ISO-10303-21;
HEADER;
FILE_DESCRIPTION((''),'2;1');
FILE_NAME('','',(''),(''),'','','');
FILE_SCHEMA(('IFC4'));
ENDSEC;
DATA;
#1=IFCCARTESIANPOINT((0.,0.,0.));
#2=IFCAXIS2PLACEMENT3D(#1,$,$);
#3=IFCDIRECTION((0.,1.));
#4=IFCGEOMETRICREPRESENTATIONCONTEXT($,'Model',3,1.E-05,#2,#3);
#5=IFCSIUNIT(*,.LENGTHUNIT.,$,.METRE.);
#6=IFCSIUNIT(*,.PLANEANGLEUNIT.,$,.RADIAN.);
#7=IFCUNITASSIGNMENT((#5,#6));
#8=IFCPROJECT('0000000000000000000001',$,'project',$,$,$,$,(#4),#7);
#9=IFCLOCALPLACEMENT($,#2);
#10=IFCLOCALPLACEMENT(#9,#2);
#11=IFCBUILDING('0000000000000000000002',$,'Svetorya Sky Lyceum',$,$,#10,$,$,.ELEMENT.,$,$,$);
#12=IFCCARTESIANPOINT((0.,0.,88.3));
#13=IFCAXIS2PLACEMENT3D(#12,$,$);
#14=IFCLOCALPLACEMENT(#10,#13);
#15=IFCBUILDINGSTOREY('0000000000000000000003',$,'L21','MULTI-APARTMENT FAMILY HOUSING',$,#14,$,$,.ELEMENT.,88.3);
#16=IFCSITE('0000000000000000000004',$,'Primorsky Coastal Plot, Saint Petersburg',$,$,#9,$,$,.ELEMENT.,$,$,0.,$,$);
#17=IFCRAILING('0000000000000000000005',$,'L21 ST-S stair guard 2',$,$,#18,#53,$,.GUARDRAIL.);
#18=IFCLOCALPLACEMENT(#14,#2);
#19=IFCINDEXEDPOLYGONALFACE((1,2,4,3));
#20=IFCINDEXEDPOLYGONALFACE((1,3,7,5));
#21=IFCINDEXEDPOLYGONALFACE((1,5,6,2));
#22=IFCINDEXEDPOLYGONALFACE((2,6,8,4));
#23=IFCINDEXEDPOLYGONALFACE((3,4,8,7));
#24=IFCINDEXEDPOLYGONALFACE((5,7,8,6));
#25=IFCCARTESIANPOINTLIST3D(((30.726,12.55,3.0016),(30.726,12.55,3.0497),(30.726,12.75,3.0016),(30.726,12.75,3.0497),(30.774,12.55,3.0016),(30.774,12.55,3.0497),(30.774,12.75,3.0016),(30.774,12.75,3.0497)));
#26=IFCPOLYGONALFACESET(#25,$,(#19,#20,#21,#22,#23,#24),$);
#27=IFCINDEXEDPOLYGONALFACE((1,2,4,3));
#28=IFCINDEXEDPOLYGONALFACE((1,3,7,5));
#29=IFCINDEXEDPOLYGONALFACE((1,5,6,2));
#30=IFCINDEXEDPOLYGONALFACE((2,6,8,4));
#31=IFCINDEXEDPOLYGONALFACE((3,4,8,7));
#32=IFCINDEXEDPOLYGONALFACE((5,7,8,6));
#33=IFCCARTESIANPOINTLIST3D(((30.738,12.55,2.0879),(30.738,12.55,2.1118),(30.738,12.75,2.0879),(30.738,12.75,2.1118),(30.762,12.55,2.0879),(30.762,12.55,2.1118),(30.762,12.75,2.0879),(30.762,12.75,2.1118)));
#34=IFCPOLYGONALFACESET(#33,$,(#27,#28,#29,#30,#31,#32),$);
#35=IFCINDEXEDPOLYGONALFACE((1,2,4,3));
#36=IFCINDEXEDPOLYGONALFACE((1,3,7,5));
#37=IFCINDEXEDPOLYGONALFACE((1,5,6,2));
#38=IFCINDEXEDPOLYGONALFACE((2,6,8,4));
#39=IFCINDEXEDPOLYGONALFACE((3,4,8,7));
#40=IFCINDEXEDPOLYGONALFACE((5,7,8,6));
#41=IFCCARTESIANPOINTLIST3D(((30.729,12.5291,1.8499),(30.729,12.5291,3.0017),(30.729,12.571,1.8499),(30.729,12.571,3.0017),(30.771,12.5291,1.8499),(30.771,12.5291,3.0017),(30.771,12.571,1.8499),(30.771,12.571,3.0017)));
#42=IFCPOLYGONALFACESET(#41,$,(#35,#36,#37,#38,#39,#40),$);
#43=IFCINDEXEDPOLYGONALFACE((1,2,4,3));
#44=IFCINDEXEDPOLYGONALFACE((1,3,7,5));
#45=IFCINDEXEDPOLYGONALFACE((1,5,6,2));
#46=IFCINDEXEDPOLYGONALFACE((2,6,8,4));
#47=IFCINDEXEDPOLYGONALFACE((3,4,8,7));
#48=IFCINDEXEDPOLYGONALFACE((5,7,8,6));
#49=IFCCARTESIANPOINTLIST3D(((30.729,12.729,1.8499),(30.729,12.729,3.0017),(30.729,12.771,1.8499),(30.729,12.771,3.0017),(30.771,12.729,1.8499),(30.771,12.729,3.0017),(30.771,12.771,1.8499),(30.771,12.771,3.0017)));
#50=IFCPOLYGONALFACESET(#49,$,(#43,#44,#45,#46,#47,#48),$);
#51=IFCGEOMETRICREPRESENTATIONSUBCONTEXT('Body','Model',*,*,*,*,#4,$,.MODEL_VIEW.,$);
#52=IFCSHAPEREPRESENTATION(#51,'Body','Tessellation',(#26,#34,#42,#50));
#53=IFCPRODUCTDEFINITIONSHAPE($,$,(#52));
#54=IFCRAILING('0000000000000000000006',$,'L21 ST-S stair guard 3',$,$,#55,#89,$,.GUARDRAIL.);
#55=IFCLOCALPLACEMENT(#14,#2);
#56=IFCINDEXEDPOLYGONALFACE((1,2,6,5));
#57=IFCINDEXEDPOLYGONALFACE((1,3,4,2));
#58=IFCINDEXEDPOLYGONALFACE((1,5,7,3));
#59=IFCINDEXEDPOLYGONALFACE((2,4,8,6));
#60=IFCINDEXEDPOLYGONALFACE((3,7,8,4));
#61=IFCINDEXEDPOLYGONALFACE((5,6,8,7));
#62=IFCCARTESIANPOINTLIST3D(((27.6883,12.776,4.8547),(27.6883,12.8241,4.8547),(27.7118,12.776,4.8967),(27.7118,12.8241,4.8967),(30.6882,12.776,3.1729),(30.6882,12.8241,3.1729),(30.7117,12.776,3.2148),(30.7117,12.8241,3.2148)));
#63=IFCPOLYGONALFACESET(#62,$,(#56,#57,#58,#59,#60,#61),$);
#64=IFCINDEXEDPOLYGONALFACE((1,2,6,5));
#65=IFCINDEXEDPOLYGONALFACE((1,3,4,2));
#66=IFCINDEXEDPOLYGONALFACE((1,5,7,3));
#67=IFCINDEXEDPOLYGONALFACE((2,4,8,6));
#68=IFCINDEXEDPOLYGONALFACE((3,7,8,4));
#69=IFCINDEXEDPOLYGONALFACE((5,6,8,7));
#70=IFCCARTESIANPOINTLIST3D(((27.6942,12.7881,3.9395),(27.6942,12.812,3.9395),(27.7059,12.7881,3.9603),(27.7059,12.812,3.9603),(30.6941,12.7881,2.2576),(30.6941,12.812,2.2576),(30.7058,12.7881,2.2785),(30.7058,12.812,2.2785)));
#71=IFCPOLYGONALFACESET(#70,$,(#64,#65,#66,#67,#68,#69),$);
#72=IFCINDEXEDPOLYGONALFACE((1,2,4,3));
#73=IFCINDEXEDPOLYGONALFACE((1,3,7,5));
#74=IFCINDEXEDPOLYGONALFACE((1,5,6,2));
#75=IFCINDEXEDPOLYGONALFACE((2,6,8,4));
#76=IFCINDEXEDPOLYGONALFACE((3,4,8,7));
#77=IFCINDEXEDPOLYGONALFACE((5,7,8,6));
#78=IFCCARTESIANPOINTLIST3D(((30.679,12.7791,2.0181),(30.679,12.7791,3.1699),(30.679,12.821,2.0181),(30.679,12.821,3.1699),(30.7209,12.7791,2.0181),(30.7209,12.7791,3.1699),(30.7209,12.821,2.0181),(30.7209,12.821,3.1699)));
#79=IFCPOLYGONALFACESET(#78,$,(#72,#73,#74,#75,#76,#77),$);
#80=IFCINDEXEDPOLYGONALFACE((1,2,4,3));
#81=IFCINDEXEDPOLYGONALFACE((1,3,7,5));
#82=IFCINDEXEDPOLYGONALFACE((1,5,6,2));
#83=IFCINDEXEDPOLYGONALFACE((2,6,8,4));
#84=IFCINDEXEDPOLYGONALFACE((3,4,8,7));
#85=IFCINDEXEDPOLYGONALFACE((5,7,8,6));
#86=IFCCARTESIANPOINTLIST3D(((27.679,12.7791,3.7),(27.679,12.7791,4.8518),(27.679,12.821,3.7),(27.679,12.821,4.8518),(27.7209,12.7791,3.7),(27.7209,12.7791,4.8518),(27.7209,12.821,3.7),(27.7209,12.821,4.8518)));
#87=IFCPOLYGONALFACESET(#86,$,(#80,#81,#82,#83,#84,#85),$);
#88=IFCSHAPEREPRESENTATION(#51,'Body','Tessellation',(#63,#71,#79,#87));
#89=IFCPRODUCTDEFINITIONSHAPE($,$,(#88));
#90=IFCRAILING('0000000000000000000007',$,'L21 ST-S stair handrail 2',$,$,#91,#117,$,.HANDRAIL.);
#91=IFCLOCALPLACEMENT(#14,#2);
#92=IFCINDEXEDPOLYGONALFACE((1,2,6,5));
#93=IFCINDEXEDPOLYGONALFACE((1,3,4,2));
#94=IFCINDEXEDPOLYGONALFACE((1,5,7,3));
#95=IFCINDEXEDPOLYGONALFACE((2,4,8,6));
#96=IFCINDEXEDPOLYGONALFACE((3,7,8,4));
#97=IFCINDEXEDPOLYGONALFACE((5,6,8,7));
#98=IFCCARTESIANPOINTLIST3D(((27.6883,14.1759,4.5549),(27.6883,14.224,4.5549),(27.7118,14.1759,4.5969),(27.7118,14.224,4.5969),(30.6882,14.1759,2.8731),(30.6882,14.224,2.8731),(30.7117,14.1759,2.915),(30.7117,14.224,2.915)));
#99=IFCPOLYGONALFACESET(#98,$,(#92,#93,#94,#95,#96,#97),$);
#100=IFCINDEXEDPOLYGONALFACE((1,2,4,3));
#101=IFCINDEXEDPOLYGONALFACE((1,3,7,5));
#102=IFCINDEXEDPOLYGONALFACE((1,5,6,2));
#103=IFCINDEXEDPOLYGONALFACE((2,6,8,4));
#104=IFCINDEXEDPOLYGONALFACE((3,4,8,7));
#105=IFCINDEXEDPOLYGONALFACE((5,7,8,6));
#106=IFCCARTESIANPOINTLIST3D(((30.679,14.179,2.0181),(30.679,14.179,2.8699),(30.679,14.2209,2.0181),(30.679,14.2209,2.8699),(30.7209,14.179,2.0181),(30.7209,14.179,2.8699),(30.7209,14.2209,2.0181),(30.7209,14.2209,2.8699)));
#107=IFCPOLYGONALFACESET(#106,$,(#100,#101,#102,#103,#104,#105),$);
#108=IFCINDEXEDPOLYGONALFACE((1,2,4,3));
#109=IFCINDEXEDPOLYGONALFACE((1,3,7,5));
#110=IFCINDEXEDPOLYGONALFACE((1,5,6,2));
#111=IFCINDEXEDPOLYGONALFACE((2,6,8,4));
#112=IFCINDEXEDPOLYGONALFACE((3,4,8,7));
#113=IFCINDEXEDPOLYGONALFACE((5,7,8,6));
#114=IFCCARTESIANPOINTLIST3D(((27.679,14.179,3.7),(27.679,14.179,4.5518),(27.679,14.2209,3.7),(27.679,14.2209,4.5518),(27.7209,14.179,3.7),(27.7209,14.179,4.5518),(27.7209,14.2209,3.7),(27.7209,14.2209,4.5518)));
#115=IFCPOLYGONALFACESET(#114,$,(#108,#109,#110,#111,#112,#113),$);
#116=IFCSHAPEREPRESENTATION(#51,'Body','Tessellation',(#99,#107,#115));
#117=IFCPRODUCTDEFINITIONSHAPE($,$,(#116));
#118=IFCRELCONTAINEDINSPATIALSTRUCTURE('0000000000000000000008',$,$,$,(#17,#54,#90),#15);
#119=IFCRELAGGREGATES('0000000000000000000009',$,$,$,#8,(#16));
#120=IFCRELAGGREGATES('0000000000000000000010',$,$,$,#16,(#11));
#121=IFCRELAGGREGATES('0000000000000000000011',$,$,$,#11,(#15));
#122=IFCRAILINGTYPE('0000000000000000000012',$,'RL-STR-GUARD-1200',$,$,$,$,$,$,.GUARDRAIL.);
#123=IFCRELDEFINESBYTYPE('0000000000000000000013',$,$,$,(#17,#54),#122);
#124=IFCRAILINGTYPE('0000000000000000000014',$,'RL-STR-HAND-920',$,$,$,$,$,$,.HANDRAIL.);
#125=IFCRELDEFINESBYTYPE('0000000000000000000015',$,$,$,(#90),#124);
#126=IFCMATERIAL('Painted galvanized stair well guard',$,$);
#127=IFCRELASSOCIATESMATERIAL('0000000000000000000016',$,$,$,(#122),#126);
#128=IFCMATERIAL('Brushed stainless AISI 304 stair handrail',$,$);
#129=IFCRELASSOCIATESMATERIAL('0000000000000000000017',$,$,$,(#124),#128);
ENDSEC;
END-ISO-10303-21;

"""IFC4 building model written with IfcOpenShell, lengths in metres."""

from ifc_helpers import new_model, si_unit, direction, frame, origin, origin_2d, place, context, subcontext, project, spatial, rectangle, extrude, material, type_object, element, save


model = new_model("IFC4")

# Units and contexts
model_context = context("Model", 3, precision=1e-05, world=origin(), true_north=direction((0.0, 1.0)))
body_context = subcontext(model_context, "Body", "Model", "MODEL_VIEW")
ifc_project = project(units=[si_unit("LENGTHUNIT", "METRE"), si_unit("PLANEANGLEUNIT", "RADIAN")], contexts=[model_context])

# Site, building, storey
site_placement = place(None, origin())
site = spatial("IfcSite", under=ifc_project, at=site_placement, Name="Primorsky Coastal Plot, Saint Petersburg", CompositionType="ELEMENT", RefElevation=0.0)
building_placement = place(site_placement, origin())
building = spatial("IfcBuilding", under=site, at=building_placement, Name="Svetorya Sky Lyceum", CompositionType="ELEMENT")
storey_placement = place(building_placement, frame((0.0, 0.0, 88.3)))
storey = spatial("IfcBuildingStorey", under=building, at=storey_placement, Name="L21", Description="MULTI-APARTMENT FAMILY HOUSING", CompositionType="ELEMENT", Elevation=88.3)

# Railings
ifc_material_1 = material(Name="Painted galvanized stair well guard")
railing_type_1 = type_object("IfcRailingType", Name="RL-STR-GUARD-1200", PredefinedType="GUARDRAIL", material=ifc_material_1)
railing_1_placement = place(storey_placement, frame((30.75, 12.55, 1.8499)))
element("IfcRailing", 1, at=railing_1_placement, inside=storey, type_object=railing_type_1, Name="L21 ST-S stair guard 2", PredefinedType="GUARDRAIL", context=body_context, shape_type="SweptSolid", body=[
    extrude(rectangle(XDim=0.0481, YDim=0.0481, at=origin_2d()), frame((0.0, 0.0, 1.1758), z_axis=(0.0, 1.0, 0.0), x_axis=(-1.0, 0.0, 0.0)), (0.0, 0.0, 1.0), 0.2),
    extrude(rectangle(XDim=0.0239, YDim=0.0239, at=origin_2d()), frame((0.0, 0.0, 0.25), z_axis=(0.0, 1.0, 0.0), x_axis=(-1.0, 0.0, 0.0)), (0.0, 0.0, 1.0), 0.2),
    extrude(rectangle(XDim=0.042, YDim=0.042, at=origin_2d()), origin(), (0.0, 0.0, 1.0), 1.1519),
    extrude(rectangle(XDim=0.042, YDim=0.042, at=origin_2d()), frame((0.0, 0.2, 0.0)), (0.0, 0.0, 1.0), 1.1519),
])
railing_2_placement = place(storey_placement, frame((30.7, 12.8, 2.0181)))
element("IfcRailing", 2, at=railing_2_placement, inside=storey, type_object=railing_type_1, Name="L21 ST-S stair guard 3", PredefinedType="GUARDRAIL", context=body_context, shape_type="SweptSolid", body=[
    extrude(rectangle(XDim=0.0481, YDim=0.0481, at=origin_2d()), frame((0.0, 0.0, 1.1758), z_axis=(-0.872272, 0.0, 0.48902), x_axis=(0.0, -1.0, 0.0)), (0.0, 0.0, 1.0), 3.4392),
    extrude(rectangle(XDim=0.0239, YDim=0.0239, at=origin_2d()), frame((0.0, 0.0, 0.25), z_axis=(-0.872272, 0.0, 0.48902), x_axis=(0.0, -1.0, 0.0)), (0.0, 0.0, 1.0), 3.4392),
    extrude(rectangle(XDim=0.042, YDim=0.042, at=origin_2d()), origin(), (0.0, 0.0, 1.0), 1.1519),
    extrude(rectangle(XDim=0.042, YDim=0.042, at=origin_2d()), frame((-3.0, 0.0, 1.6819)), (0.0, 0.0, 1.0), 1.1519),
])
ifc_material_2 = material(Name="Brushed stainless AISI 304 stair handrail")
railing_type_2 = type_object("IfcRailingType", Name="RL-STR-HAND-920", PredefinedType="HANDRAIL", material=ifc_material_2)
railing_3_placement = place(storey_placement, frame((30.7, 14.2, 2.0181)))
element("IfcRailing", 3, at=railing_3_placement, inside=storey, type_object=railing_type_2, Name="L21 ST-S stair handrail 2", PredefinedType="HANDRAIL", context=body_context, shape_type="SweptSolid", body=[
    extrude(rectangle(XDim=0.0481, YDim=0.0481, at=origin_2d()), frame((0.0, 0.0, 0.876), z_axis=(-0.872272, 0.0, 0.48902), x_axis=(0.0, -1.0, 0.0)), (0.0, 0.0, 1.0), 3.4392),
    extrude(rectangle(XDim=0.042, YDim=0.042, at=origin_2d()), origin(), (0.0, 0.0, 1.0), 0.8518),
    extrude(rectangle(XDim=0.042, YDim=0.042, at=origin_2d()), frame((-3.0, 0.0, 1.6819)), (0.0, 0.0, 1.0), 0.8518),
])

save(model, "model.ifc")
